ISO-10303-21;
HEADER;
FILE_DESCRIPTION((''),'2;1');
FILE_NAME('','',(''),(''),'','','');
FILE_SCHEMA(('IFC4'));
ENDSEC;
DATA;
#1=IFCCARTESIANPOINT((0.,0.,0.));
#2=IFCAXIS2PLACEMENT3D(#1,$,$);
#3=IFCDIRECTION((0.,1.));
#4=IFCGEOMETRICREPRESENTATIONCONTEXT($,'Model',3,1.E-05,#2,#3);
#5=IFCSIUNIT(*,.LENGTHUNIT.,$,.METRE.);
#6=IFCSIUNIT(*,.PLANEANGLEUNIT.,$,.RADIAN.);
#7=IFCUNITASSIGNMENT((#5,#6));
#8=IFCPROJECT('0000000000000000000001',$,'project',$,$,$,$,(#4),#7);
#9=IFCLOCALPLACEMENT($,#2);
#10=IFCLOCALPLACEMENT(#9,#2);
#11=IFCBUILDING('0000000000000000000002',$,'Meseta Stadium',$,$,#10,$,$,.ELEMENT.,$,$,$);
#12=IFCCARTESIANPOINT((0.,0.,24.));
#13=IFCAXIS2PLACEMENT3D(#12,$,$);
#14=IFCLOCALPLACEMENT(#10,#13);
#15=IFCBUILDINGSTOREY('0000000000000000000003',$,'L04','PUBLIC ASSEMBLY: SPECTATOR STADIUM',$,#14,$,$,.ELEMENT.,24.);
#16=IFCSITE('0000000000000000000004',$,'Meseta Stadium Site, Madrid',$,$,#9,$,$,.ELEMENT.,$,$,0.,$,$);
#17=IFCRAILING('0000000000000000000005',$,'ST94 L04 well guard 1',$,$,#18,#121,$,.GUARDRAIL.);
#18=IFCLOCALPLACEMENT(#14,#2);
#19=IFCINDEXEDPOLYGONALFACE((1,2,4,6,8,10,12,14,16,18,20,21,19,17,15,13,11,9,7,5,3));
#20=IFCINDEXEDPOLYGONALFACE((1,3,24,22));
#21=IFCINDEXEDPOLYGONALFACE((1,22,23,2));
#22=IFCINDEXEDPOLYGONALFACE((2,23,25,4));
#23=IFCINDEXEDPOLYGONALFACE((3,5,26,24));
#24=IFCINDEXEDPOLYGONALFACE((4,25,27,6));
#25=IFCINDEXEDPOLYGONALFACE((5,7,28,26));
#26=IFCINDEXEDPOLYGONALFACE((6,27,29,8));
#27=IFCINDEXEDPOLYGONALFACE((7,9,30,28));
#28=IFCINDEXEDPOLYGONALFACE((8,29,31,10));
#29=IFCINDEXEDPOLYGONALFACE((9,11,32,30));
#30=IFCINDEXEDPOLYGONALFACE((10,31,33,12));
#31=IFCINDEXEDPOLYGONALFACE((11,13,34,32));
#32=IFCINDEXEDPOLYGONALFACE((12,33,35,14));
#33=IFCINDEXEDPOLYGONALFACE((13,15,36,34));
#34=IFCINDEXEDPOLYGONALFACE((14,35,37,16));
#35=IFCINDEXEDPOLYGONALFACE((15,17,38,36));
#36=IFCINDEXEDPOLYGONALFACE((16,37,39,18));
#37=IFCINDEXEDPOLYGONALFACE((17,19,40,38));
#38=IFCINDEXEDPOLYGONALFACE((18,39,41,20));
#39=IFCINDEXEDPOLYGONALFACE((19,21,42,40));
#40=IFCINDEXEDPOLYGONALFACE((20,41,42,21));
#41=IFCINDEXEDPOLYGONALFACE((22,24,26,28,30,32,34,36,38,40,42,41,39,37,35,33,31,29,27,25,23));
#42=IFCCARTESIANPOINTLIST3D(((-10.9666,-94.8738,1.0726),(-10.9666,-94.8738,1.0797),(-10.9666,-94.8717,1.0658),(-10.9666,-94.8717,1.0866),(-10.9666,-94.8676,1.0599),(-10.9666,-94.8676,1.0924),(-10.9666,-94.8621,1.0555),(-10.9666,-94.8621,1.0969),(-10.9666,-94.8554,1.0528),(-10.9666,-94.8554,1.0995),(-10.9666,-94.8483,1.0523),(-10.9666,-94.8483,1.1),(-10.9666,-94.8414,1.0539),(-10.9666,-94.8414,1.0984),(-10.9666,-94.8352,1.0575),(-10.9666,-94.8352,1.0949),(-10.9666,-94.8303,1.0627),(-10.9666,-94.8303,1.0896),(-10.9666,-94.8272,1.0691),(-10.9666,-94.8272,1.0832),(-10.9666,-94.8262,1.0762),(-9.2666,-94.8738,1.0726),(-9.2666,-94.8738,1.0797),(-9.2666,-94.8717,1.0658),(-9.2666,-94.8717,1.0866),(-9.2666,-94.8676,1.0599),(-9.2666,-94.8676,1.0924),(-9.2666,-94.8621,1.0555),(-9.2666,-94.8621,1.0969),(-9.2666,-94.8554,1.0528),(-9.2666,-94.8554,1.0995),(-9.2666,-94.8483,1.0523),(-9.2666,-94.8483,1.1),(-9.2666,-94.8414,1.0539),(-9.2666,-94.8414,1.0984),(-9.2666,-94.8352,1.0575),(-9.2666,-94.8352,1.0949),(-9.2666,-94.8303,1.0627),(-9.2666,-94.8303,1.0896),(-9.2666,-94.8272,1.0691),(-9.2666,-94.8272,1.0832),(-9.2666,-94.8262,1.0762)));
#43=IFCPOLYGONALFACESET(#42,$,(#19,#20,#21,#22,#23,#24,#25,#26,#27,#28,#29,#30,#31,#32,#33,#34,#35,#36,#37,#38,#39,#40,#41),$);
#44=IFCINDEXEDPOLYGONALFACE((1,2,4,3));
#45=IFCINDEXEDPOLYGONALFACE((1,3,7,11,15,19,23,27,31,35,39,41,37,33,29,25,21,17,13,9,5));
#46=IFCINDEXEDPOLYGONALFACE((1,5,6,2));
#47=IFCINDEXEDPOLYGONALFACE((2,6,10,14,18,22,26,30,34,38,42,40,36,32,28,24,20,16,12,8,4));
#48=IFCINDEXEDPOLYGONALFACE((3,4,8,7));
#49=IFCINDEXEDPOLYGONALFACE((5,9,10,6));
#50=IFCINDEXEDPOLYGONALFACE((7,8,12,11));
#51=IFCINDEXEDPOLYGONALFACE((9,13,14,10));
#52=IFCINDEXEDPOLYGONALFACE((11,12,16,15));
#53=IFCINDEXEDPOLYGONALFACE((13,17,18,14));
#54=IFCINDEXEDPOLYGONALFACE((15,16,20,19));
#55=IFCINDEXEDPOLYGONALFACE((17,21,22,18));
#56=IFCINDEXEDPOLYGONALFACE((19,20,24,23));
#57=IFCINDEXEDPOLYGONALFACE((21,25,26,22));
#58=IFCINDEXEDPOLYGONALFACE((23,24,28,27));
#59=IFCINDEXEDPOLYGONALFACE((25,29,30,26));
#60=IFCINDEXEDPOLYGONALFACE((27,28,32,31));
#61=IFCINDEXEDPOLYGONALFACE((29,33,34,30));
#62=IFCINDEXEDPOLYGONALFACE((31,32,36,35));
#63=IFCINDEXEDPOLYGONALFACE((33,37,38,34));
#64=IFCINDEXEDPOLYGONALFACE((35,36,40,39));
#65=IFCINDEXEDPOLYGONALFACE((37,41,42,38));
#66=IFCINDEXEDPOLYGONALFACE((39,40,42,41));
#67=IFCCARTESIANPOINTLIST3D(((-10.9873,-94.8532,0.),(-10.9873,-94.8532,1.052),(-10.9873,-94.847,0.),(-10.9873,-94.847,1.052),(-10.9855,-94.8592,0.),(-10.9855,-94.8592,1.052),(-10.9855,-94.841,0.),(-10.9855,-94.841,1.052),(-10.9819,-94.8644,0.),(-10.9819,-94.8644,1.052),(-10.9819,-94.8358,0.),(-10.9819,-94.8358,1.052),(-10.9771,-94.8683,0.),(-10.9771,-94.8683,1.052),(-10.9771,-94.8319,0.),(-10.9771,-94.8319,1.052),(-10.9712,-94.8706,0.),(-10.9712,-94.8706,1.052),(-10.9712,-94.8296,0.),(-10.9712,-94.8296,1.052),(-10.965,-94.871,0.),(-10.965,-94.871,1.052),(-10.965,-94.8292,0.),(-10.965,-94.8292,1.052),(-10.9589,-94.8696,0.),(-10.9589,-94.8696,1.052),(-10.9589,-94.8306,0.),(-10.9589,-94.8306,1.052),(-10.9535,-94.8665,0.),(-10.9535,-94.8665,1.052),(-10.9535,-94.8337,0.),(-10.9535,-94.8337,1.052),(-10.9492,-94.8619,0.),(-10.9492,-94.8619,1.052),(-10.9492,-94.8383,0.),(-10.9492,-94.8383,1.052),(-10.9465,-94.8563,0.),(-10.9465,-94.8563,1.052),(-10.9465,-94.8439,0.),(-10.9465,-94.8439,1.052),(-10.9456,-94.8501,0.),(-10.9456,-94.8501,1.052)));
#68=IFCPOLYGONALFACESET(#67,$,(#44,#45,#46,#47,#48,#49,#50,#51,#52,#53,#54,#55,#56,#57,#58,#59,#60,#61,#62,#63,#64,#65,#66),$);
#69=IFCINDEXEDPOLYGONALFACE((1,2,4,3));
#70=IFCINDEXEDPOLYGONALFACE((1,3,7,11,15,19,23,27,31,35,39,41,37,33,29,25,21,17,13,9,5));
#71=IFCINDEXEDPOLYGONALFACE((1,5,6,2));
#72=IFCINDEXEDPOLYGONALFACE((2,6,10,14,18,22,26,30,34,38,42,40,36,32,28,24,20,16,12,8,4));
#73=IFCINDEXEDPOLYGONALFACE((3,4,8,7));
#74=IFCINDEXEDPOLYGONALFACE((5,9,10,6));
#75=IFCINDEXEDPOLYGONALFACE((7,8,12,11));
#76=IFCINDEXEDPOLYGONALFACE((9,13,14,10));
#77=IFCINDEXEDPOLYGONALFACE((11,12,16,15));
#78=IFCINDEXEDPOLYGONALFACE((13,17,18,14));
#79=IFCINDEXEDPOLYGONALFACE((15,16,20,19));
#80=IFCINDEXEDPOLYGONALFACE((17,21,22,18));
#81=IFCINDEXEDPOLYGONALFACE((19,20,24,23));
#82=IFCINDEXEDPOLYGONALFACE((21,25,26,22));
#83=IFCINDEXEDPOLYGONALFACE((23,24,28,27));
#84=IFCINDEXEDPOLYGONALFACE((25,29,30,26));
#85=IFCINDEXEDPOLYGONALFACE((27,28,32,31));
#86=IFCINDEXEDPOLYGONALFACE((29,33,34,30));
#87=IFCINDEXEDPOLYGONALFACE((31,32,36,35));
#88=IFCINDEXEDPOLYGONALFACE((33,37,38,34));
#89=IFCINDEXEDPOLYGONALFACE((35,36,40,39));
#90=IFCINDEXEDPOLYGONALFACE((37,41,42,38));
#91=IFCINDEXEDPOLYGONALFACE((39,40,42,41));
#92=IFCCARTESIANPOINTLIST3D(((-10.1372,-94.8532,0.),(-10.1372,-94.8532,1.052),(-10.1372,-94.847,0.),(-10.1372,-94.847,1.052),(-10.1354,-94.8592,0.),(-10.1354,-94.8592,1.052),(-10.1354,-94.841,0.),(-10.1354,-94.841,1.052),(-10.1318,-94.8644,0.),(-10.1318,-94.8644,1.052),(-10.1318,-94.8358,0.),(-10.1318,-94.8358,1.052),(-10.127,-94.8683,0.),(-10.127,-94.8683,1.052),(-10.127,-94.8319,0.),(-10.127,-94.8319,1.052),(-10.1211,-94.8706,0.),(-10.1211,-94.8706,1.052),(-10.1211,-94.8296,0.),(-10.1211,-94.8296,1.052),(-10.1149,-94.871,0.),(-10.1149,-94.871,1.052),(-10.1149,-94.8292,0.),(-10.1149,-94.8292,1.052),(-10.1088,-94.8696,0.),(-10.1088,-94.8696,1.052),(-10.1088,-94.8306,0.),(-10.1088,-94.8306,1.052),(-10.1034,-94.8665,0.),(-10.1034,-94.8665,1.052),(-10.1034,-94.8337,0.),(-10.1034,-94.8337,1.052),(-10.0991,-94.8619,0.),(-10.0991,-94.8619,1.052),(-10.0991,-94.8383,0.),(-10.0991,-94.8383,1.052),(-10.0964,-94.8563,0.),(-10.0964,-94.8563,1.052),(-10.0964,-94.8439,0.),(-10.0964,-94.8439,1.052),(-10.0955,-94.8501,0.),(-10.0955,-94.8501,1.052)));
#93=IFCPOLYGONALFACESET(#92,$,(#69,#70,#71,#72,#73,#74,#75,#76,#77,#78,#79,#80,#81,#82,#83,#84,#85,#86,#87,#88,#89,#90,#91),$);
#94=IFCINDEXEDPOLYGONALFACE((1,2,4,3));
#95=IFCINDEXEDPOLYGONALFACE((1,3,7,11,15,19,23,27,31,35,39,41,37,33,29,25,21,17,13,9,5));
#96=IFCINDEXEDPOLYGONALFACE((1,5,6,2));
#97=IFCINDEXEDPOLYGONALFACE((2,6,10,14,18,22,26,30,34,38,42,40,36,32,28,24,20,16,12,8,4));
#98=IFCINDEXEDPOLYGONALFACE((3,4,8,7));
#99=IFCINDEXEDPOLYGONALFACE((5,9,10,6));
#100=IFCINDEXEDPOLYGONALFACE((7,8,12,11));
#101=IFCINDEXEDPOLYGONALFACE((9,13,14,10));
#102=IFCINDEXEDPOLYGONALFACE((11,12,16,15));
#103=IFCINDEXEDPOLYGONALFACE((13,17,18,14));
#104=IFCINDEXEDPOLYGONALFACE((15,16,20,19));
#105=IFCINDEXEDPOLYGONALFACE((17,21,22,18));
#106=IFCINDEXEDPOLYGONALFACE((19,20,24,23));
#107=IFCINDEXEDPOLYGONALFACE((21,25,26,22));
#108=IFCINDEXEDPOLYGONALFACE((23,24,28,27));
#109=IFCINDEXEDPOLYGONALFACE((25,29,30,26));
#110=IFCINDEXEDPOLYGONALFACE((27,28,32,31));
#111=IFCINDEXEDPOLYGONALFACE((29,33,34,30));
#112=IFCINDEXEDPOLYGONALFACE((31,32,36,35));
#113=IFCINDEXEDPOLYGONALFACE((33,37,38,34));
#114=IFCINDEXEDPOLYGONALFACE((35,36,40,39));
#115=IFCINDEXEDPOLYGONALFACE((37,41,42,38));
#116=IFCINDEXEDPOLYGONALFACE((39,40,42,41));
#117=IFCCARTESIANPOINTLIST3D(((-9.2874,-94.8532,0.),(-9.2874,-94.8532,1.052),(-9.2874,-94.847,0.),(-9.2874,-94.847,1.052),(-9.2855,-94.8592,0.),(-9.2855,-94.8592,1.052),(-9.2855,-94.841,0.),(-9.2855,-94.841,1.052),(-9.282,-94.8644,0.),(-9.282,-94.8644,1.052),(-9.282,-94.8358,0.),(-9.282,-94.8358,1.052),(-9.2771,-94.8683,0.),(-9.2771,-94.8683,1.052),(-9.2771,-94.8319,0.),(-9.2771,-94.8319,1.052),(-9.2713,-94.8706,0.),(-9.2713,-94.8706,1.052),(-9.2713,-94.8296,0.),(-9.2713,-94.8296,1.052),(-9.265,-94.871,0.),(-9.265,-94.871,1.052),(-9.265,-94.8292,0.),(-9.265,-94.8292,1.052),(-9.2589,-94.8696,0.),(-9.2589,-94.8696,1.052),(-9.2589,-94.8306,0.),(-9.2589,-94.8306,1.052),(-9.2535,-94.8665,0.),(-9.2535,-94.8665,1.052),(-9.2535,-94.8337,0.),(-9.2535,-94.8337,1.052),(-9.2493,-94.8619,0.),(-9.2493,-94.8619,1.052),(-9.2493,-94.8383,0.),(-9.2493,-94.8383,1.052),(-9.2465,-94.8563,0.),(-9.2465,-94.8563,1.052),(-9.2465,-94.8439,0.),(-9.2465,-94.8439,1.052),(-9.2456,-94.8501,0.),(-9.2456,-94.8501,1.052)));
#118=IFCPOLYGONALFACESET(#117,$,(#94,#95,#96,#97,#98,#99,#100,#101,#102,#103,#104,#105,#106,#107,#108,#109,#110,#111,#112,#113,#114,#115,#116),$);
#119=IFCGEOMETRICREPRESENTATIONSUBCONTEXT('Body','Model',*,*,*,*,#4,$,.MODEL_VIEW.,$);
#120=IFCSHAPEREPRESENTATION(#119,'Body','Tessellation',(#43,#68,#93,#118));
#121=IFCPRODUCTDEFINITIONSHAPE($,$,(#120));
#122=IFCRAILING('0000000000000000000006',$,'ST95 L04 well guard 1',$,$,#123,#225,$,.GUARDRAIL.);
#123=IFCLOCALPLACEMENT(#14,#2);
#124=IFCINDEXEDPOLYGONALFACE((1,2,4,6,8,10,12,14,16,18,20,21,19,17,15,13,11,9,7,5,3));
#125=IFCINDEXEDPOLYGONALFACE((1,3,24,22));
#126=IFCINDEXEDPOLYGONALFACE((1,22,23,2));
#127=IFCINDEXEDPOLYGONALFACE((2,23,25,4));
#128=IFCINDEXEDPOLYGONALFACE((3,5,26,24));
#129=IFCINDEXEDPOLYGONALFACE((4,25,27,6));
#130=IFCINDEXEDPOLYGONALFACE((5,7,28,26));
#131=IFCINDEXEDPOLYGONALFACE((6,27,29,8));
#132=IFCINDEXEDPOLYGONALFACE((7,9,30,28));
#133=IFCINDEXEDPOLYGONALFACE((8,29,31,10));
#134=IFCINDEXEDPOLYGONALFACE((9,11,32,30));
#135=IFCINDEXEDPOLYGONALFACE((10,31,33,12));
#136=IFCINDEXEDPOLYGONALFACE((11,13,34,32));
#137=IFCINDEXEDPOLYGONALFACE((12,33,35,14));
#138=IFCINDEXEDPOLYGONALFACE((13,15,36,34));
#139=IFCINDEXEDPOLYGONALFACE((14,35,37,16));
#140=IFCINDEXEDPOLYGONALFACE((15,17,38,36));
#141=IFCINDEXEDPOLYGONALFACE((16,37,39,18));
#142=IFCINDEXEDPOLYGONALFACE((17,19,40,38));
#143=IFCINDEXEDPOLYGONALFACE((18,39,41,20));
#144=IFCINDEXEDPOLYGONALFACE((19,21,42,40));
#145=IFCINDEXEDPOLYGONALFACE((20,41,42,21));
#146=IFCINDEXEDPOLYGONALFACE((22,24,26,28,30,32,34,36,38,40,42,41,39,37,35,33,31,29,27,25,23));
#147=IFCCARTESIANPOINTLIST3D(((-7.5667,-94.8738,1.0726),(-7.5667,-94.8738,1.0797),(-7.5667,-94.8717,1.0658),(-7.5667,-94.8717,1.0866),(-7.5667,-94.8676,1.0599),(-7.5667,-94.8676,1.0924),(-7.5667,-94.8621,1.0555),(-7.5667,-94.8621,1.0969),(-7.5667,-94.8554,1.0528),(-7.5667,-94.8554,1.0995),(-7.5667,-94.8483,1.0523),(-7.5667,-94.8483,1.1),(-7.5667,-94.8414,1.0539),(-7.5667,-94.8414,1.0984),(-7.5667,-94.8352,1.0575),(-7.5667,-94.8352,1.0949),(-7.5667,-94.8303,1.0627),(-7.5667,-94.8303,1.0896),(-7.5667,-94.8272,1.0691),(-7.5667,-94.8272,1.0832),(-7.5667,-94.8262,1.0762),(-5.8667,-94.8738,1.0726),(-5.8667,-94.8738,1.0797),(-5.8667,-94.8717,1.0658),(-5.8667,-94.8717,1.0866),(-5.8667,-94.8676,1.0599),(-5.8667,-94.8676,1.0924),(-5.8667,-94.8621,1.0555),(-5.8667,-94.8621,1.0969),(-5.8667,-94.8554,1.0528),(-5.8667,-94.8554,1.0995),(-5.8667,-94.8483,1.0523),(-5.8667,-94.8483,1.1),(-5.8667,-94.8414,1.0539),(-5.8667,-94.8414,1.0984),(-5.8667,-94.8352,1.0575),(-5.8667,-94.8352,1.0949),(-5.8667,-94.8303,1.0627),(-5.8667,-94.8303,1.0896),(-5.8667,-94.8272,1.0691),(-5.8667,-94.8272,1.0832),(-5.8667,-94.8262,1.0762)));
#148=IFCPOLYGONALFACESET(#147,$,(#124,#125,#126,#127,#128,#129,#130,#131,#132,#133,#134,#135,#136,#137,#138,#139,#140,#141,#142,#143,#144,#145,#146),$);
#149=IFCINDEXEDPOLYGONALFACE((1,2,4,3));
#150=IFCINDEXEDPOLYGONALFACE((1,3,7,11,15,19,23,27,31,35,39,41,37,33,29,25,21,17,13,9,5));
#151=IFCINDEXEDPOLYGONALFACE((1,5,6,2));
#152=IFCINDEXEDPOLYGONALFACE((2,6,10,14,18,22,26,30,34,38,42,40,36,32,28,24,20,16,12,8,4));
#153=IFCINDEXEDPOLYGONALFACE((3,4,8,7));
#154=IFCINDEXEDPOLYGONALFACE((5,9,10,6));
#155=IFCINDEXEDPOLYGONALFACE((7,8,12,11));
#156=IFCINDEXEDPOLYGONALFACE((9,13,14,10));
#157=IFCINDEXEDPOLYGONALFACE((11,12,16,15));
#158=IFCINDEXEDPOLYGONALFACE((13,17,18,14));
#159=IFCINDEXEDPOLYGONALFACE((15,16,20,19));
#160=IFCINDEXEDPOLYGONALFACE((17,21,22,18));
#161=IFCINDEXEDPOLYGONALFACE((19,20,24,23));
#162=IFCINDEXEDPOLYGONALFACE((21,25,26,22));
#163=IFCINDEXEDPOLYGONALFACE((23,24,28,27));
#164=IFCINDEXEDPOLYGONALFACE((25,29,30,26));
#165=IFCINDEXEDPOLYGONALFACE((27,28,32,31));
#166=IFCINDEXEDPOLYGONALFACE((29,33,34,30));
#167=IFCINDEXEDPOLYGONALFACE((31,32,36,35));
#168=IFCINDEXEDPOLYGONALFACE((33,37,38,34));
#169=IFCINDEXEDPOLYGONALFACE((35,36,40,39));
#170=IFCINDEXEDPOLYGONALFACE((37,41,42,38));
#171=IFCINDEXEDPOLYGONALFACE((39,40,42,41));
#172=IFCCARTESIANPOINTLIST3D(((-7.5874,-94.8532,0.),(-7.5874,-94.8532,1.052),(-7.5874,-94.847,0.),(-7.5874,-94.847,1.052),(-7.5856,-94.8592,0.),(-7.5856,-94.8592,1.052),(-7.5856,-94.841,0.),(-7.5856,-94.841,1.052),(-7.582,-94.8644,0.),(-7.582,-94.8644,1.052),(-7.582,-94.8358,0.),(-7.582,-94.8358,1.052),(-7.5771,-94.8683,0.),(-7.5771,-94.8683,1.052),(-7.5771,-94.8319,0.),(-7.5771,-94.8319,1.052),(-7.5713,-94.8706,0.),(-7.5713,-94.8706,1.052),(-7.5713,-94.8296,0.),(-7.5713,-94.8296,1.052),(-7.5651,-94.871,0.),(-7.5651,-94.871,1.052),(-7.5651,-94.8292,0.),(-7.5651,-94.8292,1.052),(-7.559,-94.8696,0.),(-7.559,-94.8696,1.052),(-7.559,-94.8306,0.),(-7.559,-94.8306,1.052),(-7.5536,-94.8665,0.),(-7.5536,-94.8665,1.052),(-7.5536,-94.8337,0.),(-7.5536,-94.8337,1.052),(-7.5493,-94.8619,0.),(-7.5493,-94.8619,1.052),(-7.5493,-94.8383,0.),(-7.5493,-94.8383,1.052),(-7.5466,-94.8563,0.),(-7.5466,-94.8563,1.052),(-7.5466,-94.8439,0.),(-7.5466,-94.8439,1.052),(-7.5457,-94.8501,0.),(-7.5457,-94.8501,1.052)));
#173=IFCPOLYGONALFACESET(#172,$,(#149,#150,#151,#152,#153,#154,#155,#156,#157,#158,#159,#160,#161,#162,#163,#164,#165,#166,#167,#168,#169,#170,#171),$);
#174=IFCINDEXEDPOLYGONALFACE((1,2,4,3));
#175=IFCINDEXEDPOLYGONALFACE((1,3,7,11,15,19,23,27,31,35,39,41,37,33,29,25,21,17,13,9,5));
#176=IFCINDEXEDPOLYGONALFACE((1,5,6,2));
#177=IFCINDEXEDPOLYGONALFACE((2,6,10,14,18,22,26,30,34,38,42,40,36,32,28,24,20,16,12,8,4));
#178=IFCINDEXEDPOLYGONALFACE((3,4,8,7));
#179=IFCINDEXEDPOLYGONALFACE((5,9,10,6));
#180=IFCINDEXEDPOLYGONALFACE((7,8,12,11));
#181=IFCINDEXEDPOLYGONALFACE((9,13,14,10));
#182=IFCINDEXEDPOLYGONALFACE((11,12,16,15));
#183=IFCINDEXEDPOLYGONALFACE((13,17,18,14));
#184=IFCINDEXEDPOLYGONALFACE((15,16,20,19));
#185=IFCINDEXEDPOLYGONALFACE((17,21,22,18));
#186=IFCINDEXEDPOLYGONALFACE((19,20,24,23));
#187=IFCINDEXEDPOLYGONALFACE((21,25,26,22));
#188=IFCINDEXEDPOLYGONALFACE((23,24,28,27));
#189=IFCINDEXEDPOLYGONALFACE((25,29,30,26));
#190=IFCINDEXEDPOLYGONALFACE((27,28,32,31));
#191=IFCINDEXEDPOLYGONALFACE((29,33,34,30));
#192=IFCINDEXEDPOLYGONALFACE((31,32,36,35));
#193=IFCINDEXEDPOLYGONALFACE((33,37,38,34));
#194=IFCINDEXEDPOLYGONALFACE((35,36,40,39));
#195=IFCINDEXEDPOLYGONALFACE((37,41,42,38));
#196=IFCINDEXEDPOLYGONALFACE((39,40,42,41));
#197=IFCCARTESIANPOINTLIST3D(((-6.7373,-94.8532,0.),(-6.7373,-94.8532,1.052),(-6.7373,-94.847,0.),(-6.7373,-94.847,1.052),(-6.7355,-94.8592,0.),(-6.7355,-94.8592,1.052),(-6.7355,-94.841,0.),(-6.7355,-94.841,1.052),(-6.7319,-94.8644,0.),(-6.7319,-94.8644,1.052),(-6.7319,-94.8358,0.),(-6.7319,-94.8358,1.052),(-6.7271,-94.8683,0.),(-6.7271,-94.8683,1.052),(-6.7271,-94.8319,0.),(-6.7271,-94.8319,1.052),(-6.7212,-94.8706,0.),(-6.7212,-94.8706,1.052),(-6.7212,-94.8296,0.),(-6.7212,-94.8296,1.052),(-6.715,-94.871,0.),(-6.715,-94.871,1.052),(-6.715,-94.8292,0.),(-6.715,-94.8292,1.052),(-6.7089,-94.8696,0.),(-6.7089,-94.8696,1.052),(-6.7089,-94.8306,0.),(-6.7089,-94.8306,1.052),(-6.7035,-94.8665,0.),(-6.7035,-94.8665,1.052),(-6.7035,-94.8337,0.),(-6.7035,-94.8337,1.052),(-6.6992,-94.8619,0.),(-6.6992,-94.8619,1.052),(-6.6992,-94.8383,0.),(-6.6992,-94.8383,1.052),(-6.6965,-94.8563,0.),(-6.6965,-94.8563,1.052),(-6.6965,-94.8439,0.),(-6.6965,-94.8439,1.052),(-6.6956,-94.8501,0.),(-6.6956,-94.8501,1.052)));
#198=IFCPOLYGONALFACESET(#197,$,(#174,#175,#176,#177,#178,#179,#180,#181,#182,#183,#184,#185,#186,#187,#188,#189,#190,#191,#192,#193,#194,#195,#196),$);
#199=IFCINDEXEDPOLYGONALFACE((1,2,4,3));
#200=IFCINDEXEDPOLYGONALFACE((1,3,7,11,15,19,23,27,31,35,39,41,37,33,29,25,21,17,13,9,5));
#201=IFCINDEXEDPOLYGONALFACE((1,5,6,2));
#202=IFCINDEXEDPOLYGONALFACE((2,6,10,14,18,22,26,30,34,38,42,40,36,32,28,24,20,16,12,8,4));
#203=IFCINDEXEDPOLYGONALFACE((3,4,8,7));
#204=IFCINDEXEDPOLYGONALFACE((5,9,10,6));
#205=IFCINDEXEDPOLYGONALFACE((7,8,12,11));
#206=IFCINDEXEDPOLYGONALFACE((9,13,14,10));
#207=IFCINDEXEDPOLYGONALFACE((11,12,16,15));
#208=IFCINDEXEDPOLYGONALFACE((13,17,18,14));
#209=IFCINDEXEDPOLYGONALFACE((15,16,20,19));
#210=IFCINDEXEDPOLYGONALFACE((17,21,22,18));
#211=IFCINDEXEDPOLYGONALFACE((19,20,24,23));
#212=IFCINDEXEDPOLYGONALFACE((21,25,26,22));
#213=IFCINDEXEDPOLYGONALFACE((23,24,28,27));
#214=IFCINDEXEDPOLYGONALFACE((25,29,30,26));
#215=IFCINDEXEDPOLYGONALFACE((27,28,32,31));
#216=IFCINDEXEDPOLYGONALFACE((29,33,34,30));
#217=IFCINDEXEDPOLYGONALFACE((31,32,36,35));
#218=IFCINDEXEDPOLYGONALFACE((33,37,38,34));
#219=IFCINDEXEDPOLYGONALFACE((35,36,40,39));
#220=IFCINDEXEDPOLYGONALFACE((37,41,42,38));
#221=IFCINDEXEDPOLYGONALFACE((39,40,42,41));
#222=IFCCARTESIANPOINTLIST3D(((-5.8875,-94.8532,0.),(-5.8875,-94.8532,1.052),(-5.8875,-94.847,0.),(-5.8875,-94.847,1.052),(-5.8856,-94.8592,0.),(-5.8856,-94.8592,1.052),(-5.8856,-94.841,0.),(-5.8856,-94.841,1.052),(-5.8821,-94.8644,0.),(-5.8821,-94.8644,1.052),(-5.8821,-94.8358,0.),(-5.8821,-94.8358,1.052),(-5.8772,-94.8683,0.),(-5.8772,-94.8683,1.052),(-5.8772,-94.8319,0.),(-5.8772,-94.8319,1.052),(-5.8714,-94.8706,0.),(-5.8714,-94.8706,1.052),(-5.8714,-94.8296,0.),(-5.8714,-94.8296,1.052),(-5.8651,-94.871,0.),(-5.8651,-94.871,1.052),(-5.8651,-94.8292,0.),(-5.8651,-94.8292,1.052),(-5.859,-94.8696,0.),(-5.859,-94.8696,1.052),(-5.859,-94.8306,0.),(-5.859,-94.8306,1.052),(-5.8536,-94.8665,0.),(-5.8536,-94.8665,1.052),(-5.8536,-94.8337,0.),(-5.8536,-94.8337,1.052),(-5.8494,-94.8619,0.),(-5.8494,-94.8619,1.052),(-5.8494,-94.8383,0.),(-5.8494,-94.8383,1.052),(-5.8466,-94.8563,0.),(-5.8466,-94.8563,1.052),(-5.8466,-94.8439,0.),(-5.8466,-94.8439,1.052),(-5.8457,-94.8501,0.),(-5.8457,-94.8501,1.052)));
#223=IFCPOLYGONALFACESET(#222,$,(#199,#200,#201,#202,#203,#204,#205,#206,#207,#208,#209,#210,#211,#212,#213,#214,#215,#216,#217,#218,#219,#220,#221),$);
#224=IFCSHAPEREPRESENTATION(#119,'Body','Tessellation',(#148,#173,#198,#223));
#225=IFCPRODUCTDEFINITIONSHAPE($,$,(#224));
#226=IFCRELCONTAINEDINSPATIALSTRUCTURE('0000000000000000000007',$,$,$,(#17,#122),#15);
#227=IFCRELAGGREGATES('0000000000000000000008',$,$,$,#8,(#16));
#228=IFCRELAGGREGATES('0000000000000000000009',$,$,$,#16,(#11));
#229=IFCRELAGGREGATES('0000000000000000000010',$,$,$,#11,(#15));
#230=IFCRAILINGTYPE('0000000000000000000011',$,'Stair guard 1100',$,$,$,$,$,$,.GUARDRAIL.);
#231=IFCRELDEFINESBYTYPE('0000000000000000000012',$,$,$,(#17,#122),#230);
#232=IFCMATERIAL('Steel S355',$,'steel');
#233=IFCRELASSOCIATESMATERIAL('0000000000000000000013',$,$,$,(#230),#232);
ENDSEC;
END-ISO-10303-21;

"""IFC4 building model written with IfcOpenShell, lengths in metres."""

from ifc_helpers import new_model, si_unit, direction, frame, origin, origin_2d, place, context, subcontext, project, spatial, circle, extrude, material, type_object, element, save


model = new_model("IFC4")

# Units and contexts
model_context = context("Model", 3, precision=1e-05, world=origin(), true_north=direction((0.0, 1.0)))
body_context = subcontext(model_context, "Body", "Model", "MODEL_VIEW")
ifc_project = project(units=[si_unit("LENGTHUNIT", "METRE"), si_unit("PLANEANGLEUNIT", "RADIAN")], contexts=[model_context])

# Site, building, storey
site_placement = place(None, origin())
site = spatial("IfcSite", under=ifc_project, at=site_placement, Name="Meseta Stadium Site, Madrid", CompositionType="ELEMENT", RefElevation=0.0)
building_placement = place(site_placement, origin())
building = spatial("IfcBuilding", under=site, at=building_placement, Name="Meseta Stadium", CompositionType="ELEMENT")
storey_placement = place(building_placement, frame((0.0, 0.0, 24.0)))
storey = spatial("IfcBuildingStorey", under=building, at=storey_placement, Name="L04", Description="PUBLIC ASSEMBLY: SPECTATOR STADIUM", CompositionType="ELEMENT", Elevation=24.0)

# Railings
ifc_material_1 = material(Name="Steel S355", Category="steel")
railing_type = type_object("IfcRailingType", Name="Stair guard 1100", PredefinedType="GUARDRAIL", material=ifc_material_1)
for number, where, name in (
    (1, (-10.9666, -94.8501, 0.0), "ST94 L04 well guard 1"),
    (2, (-7.5667, -94.8501, 0.0), "ST95 L04 well guard 1"),
):
    element("IfcRailing", number, at=place(storey_placement, frame(where)), inside=storey, type_object=railing_type, Name=name, PredefinedType="GUARDRAIL", context=body_context, shape_type="SweptSolid", body=[
        extrude(circle(Radius=0.0239, at=origin_2d()), frame((0.0, 0.0, 1.0762), z_axis=(1.0, 0.0, 0.0), x_axis=(0.0, 1.0, 0.0)), (0.0, 0.0, 1.0), 1.7),
        extrude(circle(Radius=0.021, at=origin_2d()), origin(), (0.0, 0.0, 1.0), 1.052),
        extrude(circle(Radius=0.021, at=origin_2d()), frame((0.8501, 0.0, 0.0)), (0.0, 0.0, 1.0), 1.052),
        extrude(circle(Radius=0.021, at=origin_2d()), frame((1.7, 0.0, 0.0)), (0.0, 0.0, 1.0), 1.052),
    ])

save(model, "model.ifc")
